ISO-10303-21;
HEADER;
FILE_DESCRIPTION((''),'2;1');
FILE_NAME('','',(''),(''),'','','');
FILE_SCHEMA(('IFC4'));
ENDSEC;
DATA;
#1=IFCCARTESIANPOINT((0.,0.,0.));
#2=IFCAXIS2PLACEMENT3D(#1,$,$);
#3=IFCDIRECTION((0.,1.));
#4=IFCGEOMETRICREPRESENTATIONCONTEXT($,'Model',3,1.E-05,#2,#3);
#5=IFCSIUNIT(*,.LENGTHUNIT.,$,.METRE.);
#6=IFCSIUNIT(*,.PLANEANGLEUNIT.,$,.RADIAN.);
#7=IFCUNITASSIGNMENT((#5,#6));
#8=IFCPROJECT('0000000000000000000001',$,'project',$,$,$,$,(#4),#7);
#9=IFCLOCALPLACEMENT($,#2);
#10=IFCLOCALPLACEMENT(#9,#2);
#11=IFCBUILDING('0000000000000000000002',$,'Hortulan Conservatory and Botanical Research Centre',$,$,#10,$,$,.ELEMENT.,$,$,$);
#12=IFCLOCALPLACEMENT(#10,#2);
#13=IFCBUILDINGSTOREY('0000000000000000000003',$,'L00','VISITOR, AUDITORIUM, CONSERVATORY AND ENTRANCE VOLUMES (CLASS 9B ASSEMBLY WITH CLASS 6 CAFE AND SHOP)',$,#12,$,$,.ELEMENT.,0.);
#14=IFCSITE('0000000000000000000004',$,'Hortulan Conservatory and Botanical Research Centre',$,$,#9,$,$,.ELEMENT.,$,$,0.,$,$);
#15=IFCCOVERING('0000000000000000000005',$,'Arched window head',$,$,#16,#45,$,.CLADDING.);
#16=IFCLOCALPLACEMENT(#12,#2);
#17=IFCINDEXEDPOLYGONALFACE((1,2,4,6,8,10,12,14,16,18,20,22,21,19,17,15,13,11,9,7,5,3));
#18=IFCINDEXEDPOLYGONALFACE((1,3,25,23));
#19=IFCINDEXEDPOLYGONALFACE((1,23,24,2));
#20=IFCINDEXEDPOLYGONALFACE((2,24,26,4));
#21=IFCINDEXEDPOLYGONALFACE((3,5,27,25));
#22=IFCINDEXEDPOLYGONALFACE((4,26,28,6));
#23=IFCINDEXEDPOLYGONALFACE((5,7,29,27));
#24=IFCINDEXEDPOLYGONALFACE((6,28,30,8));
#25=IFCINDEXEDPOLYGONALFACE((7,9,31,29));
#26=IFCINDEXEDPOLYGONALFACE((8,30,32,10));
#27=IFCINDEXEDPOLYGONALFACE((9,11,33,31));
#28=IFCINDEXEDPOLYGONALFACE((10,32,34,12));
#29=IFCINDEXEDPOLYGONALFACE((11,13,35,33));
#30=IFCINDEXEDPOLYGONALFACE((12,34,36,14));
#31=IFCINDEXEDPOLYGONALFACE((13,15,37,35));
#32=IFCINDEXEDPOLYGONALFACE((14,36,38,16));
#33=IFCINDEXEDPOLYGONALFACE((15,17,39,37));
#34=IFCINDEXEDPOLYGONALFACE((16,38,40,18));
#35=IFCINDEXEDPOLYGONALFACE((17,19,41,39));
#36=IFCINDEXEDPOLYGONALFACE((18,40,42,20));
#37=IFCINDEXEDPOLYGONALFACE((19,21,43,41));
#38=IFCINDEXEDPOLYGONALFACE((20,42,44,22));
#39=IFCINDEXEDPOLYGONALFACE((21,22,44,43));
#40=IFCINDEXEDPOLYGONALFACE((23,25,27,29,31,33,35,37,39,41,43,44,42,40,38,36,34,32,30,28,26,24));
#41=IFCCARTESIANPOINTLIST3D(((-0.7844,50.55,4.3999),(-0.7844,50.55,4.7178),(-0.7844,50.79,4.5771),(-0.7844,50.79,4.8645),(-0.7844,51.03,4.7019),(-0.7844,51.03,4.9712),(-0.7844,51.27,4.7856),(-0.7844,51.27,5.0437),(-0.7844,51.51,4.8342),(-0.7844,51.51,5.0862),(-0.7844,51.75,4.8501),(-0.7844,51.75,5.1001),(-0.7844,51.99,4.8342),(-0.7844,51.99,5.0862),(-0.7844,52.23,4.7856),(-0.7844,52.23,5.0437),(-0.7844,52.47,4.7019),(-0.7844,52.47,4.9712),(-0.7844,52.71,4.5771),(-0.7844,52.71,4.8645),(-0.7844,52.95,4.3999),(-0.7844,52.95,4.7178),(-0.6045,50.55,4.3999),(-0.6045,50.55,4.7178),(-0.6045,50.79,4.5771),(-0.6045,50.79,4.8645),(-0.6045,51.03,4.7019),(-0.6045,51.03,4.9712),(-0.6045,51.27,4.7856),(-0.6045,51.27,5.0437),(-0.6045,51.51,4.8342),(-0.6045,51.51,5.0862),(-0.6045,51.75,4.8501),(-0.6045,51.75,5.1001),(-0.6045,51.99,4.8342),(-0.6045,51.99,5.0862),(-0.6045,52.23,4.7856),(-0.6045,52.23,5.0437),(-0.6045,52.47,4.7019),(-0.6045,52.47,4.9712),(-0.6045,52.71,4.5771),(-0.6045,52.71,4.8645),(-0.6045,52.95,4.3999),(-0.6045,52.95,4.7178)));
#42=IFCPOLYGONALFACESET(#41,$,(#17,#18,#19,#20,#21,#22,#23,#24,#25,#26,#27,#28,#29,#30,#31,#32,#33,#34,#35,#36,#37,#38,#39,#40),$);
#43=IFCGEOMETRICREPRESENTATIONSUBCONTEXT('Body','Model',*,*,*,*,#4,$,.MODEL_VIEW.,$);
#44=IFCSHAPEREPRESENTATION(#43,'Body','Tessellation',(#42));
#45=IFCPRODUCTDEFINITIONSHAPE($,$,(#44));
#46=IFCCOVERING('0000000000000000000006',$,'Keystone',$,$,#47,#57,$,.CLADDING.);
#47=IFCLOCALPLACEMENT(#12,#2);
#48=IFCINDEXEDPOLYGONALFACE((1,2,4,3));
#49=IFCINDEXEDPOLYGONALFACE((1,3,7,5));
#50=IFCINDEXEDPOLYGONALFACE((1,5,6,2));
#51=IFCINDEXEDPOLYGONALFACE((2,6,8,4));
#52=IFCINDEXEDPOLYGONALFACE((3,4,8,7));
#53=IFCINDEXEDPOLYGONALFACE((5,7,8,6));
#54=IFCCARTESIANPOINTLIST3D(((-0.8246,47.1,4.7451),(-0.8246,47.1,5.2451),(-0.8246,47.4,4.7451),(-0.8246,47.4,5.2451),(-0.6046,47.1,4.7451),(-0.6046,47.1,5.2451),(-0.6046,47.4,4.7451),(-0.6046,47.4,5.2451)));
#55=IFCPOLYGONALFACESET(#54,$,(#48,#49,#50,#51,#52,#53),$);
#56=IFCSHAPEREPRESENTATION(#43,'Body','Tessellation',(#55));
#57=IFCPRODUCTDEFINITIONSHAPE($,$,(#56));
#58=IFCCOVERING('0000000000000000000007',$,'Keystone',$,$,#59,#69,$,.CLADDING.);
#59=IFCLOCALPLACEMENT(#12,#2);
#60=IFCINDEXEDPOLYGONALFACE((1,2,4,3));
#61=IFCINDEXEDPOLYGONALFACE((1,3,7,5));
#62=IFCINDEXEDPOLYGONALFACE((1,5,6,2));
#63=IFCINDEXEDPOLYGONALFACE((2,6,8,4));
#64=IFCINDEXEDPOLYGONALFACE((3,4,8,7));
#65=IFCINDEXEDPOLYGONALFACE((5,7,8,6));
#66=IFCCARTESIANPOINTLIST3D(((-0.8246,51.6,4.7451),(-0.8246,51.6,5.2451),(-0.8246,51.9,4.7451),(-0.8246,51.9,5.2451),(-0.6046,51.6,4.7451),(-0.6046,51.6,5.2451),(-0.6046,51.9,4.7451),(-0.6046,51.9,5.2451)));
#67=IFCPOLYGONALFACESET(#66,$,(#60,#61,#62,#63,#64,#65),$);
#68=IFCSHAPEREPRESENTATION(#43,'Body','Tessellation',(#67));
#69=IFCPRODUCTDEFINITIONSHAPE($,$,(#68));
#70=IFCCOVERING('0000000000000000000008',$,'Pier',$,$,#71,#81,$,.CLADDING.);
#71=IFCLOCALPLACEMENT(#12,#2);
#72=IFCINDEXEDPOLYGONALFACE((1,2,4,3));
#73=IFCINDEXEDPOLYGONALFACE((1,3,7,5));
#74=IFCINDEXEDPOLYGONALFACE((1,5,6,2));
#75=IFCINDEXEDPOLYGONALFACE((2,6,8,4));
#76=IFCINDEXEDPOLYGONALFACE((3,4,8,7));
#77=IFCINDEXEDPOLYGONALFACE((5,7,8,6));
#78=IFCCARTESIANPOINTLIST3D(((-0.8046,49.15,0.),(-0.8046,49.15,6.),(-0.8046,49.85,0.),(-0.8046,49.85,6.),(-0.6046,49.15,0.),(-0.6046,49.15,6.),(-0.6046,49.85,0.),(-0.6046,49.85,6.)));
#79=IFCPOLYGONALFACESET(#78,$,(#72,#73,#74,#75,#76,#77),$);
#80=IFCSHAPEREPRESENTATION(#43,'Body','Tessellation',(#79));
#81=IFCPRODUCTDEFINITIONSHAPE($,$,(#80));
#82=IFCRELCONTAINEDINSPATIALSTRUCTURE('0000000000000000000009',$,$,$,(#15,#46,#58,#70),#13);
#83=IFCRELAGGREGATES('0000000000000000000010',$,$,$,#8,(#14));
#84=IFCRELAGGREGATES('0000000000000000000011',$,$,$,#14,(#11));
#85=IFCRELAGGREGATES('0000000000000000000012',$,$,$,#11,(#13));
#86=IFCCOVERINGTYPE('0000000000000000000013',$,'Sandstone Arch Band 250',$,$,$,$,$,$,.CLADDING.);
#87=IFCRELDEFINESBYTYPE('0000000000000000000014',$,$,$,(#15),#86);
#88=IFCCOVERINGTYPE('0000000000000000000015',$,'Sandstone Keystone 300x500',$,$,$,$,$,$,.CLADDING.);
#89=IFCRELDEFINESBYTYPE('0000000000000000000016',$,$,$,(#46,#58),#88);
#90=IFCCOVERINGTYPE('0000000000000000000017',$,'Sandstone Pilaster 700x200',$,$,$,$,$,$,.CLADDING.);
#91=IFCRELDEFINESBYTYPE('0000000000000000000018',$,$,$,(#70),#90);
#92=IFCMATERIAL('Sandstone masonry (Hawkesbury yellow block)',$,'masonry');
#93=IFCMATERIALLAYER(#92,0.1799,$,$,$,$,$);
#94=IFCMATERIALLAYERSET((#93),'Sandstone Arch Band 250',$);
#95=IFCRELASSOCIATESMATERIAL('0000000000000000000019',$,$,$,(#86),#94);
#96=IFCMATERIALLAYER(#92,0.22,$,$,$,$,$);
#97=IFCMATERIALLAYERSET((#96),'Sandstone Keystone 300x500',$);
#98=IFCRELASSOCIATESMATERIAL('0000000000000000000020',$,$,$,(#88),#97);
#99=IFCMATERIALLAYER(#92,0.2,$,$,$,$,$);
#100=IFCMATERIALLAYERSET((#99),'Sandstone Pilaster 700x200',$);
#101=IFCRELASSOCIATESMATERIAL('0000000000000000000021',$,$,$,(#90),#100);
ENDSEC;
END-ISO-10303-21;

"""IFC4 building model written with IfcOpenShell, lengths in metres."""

from ifc_helpers import new_model, si_unit, direction, frame, origin, origin_2d, place, context, subcontext, project, spatial, polyline, rectangle, outline, extrude, material, layer, layer_set, type_object, element, save


model = new_model("IFC4")

# Units and contexts
model_context = context("Model", 3, precision=1e-05, world=origin(), true_north=direction((0.0, 1.0)))
body_context = subcontext(model_context, "Body", "Model", "MODEL_VIEW")
ifc_project = project(units=[si_unit("LENGTHUNIT", "METRE"), si_unit("PLANEANGLEUNIT", "RADIAN")], contexts=[model_context])

# Site, building, storey
site_placement = place(None, origin())
site = spatial("IfcSite", under=ifc_project, at=site_placement, Name="Hortulan Conservatory and Botanical Research Centre", CompositionType="ELEMENT", RefElevation=0.0)
building_placement = place(site_placement, origin())
building = spatial("IfcBuilding", under=site, at=building_placement, Name="Hortulan Conservatory and Botanical Research Centre", CompositionType="ELEMENT")
storey_placement = place(building_placement, origin())
storey = spatial("IfcBuildingStorey", under=building, at=storey_placement, Name="L00", Description="VISITOR, AUDITORIUM, CONSERVATORY AND ENTRANCE VOLUMES (CLASS 9B ASSEMBLY WITH CLASS 6 CAFE AND SHOP)", CompositionType="ELEMENT", Elevation=0.0)

# Coverings
ifc_material_1 = material(Name="Sandstone masonry (Hawkesbury yellow block)", Category="masonry")
ifc_layer_1 = layer(ifc_material_1, 0.1799)
ifc_layer_set_1 = layer_set([ifc_layer_1], Name="Sandstone Arch Band 250")
covering_type_1 = type_object("IfcCoveringType", Name="Sandstone Arch Band 250", PredefinedType="CLADDING", material=ifc_layer_set_1)
for number, where, z_axis, x_axis, name in (
    (1, (-0.6946, 50.55, 4.3999), (0.0, 0.0, 1.0), (0.0, 1.0, 0.0), "Arched window head"),
):
    element("IfcCovering", number, at=place(storey_placement, frame(where, z_axis=z_axis, x_axis=x_axis)), inside=storey, type_object=covering_type_1, Name=name, PredefinedType="CLADDING", context=body_context, shape_type="SweptSolid", body=[
        extrude(outline(polyline([(0.0, 0.0), (0.24, 0.1772), (0.48, 0.302), (0.72, 0.3857), (0.96, 0.4343), (1.2, 0.4502), (1.4399, 0.4343), (1.6799, 0.3857), (1.9199, 0.302), (2.1599, 0.1772), (2.3999, 0.0), (2.3999, 0.3179), (2.1599, 0.4646), (1.9199, 0.5713), (1.6799, 0.6438), (1.4399, 0.6863), (1.2, 0.7002), (0.96, 0.6863), (0.72, 0.6438), (0.48, 0.5713), (0.24, 0.4646), (0.0, 0.3179), (0.0, 0.0)])), frame((0.0, 0.0898, 0.0), z_axis=(0.0, -1.0, 0.0), x_axis=(1.0, 0.0, 0.0)), (0.0, 0.0, 1.0), 0.1799),
    ])
ifc_layer_2 = layer(ifc_material_1, 0.22)
ifc_layer_set_2 = layer_set([ifc_layer_2], Name="Sandstone Keystone 300x500")
covering_type_2 = type_object("IfcCoveringType", Name="Sandstone Keystone 300x500", PredefinedType="CLADDING", material=ifc_layer_set_2)
for number, where, z_axis, x_axis, name in (
    (2, (-0.7146, 47.25, 4.7451), (0.0, 0.0, 1.0), (0.0, 1.0, 0.0), "Keystone"),
    (3, (-0.7146, 51.75, 4.7451), (0.0, 0.0, 1.0), (0.0, 1.0, 0.0), "Keystone"),
):
    element("IfcCovering", number, at=place(storey_placement, frame(where, z_axis=z_axis, x_axis=x_axis)), inside=storey, type_object=covering_type_2, Name=name, PredefinedType="CLADDING", context=body_context, shape_type="SweptSolid", body=[
        extrude(rectangle(XDim=0.3, YDim=0.22, at=origin_2d()), origin(), (0.0, 0.0, 1.0), 0.5),
    ])
ifc_layer_3 = layer(ifc_material_1, 0.2)
ifc_layer_set_3 = layer_set([ifc_layer_3], Name="Sandstone Pilaster 700x200")
covering_type_3 = type_object("IfcCoveringType", Name="Sandstone Pilaster 700x200", PredefinedType="CLADDING", material=ifc_layer_set_3)
covering_1_placement = place(storey_placement, frame((-0.7046, 49.5, 0.0), z_axis=(0.0, 0.0, 1.0), x_axis=(0.0, 1.0, 0.0)))
element("IfcCovering", 4, at=covering_1_placement, inside=storey, type_object=covering_type_3, Name="Pier", PredefinedType="CLADDING", context=body_context, shape_type="SweptSolid", body=[
    extrude(rectangle(XDim=0.7, YDim=0.2, at=origin_2d()), origin(), (0.0, 0.0, 1.0), 6.0),
])

save(model, "model.ifc")
